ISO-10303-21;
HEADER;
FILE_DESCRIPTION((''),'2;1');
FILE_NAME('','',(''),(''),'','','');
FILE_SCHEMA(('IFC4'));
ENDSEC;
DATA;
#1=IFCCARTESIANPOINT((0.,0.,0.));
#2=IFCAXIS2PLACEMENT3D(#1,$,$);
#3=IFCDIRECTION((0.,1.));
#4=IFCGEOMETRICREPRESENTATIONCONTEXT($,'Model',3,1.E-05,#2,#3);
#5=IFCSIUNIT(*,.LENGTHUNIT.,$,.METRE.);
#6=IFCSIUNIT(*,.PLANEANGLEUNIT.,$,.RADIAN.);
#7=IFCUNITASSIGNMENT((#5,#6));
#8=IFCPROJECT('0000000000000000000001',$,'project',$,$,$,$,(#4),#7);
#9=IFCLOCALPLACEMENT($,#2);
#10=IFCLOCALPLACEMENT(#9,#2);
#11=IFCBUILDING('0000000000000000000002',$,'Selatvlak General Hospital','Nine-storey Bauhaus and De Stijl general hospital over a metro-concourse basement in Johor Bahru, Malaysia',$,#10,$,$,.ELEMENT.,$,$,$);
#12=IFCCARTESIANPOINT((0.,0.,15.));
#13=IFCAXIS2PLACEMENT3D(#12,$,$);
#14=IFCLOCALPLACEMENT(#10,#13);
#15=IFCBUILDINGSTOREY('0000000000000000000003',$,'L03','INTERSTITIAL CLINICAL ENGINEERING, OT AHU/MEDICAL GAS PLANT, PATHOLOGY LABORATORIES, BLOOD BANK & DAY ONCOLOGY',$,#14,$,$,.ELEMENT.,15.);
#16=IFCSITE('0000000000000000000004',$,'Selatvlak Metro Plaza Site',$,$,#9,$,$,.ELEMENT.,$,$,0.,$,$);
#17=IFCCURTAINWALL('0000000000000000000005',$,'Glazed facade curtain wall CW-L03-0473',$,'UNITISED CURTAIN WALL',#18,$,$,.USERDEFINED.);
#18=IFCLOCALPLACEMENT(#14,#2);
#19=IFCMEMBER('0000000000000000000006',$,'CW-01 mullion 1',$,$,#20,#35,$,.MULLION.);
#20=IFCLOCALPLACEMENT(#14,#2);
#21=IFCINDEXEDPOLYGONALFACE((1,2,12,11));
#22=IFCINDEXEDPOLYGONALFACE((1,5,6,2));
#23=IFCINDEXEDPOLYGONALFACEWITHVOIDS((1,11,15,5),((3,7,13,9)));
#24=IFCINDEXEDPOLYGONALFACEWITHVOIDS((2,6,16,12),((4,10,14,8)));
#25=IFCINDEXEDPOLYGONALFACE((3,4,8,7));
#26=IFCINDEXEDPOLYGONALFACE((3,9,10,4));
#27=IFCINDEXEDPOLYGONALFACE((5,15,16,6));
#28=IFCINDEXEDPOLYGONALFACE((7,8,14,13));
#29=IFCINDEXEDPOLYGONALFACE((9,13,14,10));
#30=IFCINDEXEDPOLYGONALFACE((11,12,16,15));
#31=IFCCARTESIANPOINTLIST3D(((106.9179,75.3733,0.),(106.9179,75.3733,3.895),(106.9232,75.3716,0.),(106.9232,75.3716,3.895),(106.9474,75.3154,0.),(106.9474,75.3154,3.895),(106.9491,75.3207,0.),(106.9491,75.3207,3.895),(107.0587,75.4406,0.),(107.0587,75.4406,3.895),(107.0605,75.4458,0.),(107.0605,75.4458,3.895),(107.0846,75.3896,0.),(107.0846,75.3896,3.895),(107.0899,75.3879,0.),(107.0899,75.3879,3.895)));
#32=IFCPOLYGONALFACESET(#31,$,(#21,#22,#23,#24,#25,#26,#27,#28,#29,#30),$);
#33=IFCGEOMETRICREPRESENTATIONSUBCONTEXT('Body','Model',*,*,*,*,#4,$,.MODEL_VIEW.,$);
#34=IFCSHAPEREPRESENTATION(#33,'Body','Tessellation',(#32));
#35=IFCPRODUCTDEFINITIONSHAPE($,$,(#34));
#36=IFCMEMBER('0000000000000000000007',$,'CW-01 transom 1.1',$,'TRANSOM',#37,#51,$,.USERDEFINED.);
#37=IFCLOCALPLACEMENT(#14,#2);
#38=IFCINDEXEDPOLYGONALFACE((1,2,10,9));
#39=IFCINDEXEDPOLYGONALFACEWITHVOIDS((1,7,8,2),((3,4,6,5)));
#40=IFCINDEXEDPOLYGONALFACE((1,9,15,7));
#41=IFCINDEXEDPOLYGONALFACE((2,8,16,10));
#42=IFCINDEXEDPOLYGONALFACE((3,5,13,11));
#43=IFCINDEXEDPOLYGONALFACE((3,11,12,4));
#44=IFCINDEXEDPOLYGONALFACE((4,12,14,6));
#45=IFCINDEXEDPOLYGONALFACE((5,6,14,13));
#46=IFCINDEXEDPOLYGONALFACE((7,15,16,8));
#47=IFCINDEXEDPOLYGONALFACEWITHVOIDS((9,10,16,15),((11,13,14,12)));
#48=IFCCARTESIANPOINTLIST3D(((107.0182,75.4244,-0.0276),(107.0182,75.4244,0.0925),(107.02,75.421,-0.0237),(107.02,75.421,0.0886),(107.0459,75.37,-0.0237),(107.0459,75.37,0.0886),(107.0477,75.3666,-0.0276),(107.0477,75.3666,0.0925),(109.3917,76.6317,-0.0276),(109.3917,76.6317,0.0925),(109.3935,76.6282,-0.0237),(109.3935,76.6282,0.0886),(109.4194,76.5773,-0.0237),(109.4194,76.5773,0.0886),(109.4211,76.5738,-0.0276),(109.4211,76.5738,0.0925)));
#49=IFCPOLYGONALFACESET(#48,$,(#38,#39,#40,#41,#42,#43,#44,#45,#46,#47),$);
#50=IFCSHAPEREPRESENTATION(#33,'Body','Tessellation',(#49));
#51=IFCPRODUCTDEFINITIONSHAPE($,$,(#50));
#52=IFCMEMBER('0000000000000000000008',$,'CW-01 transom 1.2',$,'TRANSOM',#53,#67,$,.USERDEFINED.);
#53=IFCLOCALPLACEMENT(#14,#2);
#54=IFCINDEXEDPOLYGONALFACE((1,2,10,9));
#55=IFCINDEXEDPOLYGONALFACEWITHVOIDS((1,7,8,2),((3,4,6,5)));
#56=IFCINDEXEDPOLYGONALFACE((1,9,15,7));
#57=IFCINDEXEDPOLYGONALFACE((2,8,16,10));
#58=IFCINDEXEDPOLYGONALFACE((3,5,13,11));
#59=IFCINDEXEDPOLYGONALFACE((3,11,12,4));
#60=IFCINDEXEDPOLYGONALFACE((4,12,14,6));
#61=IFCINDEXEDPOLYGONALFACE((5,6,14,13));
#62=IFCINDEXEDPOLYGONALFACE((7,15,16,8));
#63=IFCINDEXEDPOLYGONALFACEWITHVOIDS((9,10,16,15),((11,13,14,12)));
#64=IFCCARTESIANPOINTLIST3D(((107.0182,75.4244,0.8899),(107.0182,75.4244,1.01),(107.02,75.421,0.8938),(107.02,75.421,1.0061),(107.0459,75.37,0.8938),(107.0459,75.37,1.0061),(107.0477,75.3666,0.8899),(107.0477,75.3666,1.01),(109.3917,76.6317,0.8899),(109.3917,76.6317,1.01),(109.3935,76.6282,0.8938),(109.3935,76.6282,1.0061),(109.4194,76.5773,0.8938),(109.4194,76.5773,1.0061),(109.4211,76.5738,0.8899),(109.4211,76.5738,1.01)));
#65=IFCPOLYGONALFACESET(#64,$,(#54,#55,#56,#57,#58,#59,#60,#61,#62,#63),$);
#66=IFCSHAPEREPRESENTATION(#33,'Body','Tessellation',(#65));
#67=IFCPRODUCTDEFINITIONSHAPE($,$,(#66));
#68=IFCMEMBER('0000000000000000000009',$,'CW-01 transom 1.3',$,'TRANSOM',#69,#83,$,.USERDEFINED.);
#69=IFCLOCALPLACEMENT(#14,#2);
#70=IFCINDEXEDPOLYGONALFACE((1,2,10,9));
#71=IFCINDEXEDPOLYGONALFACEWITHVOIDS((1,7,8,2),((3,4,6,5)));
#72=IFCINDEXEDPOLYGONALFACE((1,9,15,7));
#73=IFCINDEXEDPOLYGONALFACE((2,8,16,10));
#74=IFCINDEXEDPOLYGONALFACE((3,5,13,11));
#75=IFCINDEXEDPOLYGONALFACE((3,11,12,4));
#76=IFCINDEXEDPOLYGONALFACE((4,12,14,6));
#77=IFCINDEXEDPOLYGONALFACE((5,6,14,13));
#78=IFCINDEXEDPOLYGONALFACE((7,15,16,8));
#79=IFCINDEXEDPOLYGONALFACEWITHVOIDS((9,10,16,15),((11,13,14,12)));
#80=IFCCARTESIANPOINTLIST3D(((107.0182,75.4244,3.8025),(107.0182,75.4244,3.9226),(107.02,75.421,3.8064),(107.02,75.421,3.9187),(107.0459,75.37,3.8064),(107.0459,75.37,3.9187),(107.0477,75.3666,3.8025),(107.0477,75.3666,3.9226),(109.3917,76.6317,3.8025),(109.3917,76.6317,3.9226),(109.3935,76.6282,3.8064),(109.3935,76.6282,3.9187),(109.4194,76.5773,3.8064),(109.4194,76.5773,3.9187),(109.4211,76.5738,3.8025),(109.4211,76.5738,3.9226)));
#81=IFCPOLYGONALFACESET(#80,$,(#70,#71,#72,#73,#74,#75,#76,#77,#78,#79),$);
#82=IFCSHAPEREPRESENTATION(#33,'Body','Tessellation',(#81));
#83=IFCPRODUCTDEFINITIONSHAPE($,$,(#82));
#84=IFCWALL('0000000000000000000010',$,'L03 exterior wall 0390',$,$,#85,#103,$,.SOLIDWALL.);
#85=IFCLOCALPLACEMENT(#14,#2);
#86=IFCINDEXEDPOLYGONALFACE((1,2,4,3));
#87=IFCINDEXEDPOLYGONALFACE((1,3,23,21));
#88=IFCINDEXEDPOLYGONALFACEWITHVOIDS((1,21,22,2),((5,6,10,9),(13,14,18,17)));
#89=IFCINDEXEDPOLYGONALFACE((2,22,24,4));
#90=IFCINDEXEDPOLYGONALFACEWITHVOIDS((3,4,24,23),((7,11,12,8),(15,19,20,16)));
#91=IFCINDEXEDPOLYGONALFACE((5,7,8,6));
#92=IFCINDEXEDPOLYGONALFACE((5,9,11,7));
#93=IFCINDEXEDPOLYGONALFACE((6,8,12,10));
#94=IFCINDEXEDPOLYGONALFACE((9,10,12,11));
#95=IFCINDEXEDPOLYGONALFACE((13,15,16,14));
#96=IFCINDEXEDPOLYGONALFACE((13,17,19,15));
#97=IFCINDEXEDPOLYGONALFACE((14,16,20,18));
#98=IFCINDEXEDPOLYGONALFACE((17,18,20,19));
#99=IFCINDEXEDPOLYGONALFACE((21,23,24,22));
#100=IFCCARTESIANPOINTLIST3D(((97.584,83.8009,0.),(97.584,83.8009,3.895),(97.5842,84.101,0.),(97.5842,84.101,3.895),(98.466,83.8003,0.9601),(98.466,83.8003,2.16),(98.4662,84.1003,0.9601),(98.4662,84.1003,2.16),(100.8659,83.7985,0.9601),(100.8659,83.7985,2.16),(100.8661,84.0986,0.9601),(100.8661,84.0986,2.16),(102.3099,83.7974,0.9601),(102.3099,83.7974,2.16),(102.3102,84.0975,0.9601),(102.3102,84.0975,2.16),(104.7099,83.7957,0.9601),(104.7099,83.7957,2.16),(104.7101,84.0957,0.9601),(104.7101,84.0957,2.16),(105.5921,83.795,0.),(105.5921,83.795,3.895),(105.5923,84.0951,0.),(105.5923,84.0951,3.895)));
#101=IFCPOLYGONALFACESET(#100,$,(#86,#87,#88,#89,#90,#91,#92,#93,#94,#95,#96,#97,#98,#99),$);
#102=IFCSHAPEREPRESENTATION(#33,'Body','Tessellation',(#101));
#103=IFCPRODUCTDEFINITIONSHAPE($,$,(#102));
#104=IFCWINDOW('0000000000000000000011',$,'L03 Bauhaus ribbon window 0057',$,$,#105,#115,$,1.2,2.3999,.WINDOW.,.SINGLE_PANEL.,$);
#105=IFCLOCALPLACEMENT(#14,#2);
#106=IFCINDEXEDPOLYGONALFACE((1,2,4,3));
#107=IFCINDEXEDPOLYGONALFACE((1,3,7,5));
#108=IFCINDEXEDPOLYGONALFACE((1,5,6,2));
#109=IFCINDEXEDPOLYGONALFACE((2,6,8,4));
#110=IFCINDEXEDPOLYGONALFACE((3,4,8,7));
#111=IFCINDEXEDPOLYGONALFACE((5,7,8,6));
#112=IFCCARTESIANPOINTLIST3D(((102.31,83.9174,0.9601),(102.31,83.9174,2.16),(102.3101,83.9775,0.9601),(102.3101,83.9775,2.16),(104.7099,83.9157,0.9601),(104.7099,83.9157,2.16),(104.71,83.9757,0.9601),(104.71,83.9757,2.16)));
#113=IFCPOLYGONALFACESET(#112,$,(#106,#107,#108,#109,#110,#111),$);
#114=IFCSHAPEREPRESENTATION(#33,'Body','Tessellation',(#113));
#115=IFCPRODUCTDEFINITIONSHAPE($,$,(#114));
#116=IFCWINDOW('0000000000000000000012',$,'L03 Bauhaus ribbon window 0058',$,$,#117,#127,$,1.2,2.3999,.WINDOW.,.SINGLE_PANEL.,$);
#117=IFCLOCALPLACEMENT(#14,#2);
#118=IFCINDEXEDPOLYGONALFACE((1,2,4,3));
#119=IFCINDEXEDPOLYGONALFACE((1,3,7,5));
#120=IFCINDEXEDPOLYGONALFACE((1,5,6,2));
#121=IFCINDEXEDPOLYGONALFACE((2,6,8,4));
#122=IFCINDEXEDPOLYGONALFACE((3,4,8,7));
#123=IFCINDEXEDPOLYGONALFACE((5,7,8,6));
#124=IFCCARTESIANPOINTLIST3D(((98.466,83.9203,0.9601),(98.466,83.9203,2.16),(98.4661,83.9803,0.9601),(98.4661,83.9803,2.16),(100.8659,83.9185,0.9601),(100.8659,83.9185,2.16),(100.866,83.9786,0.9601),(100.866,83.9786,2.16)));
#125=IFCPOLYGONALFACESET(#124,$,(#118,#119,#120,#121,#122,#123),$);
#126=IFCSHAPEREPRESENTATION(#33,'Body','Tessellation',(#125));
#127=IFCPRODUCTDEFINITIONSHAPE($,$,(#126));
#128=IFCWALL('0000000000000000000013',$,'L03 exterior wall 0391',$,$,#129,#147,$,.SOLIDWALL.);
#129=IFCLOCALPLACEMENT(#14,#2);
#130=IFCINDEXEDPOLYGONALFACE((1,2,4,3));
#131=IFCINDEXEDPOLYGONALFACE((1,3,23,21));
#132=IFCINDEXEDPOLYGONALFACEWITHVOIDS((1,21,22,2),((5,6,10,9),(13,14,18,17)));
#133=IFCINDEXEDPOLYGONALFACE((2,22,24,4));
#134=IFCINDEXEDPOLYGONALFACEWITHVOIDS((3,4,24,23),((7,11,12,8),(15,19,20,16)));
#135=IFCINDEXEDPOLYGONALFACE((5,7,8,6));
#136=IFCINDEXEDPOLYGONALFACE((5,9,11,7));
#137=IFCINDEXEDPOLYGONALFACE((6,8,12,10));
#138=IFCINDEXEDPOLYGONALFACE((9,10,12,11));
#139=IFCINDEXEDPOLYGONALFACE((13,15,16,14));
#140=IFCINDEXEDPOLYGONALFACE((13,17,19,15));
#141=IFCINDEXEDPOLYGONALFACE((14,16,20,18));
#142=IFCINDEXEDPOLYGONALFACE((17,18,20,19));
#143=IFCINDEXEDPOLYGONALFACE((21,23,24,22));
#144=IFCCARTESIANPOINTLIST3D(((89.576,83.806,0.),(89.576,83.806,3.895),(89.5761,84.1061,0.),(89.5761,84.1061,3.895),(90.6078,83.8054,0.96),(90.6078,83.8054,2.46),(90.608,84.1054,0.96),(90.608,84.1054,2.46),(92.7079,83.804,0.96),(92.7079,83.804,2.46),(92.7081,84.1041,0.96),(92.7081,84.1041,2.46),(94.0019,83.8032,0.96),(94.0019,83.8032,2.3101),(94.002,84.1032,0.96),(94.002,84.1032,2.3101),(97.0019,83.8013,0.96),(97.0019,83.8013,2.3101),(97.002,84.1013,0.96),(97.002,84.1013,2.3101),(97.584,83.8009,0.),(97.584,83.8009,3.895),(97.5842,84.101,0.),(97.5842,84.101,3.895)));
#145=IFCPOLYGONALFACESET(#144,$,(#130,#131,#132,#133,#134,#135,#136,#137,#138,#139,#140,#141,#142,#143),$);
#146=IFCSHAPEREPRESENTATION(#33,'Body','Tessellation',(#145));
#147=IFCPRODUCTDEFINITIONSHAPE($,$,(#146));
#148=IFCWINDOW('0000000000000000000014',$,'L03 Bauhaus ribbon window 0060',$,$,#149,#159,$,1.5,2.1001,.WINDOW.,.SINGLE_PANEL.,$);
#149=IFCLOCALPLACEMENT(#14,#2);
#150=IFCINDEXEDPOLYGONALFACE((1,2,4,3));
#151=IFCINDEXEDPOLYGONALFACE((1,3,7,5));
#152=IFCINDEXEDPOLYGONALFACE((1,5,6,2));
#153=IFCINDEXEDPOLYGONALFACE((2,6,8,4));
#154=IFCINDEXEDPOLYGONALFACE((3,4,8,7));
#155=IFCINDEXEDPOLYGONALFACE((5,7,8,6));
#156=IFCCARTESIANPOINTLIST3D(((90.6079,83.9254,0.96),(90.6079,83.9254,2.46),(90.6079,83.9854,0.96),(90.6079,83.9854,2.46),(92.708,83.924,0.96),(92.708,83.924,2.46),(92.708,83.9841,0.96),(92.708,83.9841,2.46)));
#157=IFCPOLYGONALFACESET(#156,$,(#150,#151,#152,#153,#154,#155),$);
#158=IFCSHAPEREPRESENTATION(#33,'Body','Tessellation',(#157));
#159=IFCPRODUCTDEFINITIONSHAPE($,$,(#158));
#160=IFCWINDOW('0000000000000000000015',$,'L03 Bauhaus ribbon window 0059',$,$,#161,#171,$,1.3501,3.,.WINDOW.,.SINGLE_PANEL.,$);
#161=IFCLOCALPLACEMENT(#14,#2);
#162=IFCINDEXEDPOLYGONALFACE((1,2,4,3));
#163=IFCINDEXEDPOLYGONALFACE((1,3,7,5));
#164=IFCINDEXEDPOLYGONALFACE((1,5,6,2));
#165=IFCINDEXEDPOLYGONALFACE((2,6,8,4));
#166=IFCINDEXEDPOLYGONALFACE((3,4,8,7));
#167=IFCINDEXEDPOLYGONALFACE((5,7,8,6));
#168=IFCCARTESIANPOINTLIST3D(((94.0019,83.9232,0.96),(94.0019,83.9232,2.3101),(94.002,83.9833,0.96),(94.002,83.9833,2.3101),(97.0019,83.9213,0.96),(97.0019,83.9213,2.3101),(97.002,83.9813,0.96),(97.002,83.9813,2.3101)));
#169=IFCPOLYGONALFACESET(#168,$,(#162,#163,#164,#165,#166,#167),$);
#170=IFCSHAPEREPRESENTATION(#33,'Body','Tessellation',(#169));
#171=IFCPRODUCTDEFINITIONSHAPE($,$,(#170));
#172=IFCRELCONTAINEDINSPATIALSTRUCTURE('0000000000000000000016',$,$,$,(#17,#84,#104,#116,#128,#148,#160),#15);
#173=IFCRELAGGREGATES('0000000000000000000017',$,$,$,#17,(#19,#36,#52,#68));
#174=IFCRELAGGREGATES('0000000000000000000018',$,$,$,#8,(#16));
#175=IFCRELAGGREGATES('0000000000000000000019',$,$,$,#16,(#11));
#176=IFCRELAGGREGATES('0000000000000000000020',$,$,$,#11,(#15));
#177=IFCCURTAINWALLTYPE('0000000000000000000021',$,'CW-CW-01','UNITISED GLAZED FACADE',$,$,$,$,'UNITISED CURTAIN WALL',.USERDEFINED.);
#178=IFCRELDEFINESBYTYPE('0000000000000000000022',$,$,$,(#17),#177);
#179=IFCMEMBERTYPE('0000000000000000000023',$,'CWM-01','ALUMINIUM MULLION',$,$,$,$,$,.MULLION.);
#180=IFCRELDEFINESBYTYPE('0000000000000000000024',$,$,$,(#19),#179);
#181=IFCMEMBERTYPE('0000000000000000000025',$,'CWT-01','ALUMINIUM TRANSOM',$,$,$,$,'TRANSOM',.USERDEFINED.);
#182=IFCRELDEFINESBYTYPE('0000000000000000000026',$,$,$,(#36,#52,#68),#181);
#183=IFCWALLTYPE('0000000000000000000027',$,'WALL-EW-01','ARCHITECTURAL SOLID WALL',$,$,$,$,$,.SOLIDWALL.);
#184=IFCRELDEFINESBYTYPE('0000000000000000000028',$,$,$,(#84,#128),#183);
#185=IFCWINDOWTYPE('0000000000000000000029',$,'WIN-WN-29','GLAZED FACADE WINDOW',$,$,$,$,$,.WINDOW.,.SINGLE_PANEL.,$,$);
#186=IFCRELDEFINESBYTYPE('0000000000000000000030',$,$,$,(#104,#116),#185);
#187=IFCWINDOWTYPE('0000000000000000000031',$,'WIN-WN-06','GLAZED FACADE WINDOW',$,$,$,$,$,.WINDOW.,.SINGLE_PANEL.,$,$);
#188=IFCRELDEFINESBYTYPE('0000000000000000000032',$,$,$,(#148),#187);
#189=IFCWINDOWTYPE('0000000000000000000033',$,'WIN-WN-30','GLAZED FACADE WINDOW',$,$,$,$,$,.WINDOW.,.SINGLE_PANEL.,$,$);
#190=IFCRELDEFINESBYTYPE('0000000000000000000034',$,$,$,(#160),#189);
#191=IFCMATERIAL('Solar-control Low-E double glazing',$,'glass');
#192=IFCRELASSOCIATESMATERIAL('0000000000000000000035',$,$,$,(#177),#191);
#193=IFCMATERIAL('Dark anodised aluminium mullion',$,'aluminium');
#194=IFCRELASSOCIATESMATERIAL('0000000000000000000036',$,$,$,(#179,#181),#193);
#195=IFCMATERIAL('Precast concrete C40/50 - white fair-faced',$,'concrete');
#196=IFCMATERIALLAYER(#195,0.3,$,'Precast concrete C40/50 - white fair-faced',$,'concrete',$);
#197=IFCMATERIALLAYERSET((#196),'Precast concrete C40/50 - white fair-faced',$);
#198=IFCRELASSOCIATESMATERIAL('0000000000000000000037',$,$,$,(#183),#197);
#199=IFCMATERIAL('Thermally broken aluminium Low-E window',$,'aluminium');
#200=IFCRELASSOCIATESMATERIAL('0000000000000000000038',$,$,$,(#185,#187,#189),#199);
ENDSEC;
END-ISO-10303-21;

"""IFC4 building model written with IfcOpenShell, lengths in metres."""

from ifc_helpers import new_model, si_unit, direction, frame, frame_2d, origin, origin_2d, place, context, subcontext, project, spatial, rectangle, hollow_rectangle, extrude, material, layer, layer_set, material_profile, profile_set, type_object, element, fill, aggregate, save


model = new_model("IFC4")

# Units and contexts
model_context = context("Model", 3, precision=1e-05, world=origin(), true_north=direction((0.0, 1.0)))
body_context = subcontext(model_context, "Body", "Model", "MODEL_VIEW")
ifc_project = project(units=[si_unit("LENGTHUNIT", "METRE"), si_unit("PLANEANGLEUNIT", "RADIAN")], contexts=[model_context])

# Site, building, storey
site_placement = place(None, origin())
site = spatial("IfcSite", under=ifc_project, at=site_placement, Name="Selatvlak Metro Plaza Site", CompositionType="ELEMENT", RefElevation=0.0)
building_placement = place(site_placement, origin())
building = spatial("IfcBuilding", under=site, at=building_placement, Name="Selatvlak General Hospital", Description="Nine-storey Bauhaus and De Stijl general hospital over a metro-concourse basement in Johor Bahru, Malaysia", CompositionType="ELEMENT")
storey_placement = place(building_placement, frame((0.0, 0.0, 15.0)))
storey = spatial("IfcBuildingStorey", under=building, at=storey_placement, Name="L03", Description="INTERSTITIAL CLINICAL ENGINEERING, OT AHU/MEDICAL GAS PLANT, PATHOLOGY LABORATORIES, BLOOD BANK & DAY ONCOLOGY", CompositionType="ELEMENT", Elevation=15.0)

# Shared definitions
ifc_material_1 = material(Name="Solar-control Low-E double glazing", Category="glass")
curtain_wall_type = type_object("IfcCurtainWallType", Name="CW-CW-01", Description="UNITISED GLAZED FACADE", ElementType="UNITISED CURTAIN WALL", PredefinedType="USERDEFINED", material=ifc_material_1)
ifc_material_2 = material(Name="Dark anodised aluminium mullion", Category="aluminium")
ifc_material_profile_1 = material_profile(ifc_material_2, hollow_rectangle(XDim=0.0649, YDim=0.1599, WallThickness=0.0039, at=origin_2d()), Name="AL-MUL 65x160x4")
ifc_profile_set_1 = profile_set([ifc_material_profile_1], Name="Dark anodised aluminium mullion")
member_type_1 = type_object("IfcMemberType", Name="CWM-01", Description="ALUMINIUM MULLION", PredefinedType="MULLION", material=ifc_profile_set_1)

# Curtain wall, members
curtain_wall_1_placement = place(storey_placement, origin())
curtain_wall_1 = element("IfcCurtainWall", 1, at=curtain_wall_1_placement, inside=storey, type_object=curtain_wall_type, Name="Glazed facade curtain wall CW-L03-0473", ObjectType="UNITISED CURTAIN WALL", PredefinedType="USERDEFINED")
member_1_placement = place(storey_placement, frame((107.0039, 75.3806, 0.0), z_axis=(0.0, 0.0, 1.0), x_axis=(-0.453361, 0.891327, 0.0)))
member_1 = element("IfcMember", 2, at=member_1_placement, type_object=member_type_1, Name="CW-01 mullion 1", PredefinedType="MULLION", context=body_context, shape_type="SweptSolid", body=[
    extrude(hollow_rectangle(XDim=0.0649, YDim=0.1599, WallThickness=0.0039, at=origin_2d()), origin(), (0.0, 0.0, 1.0), 3.895),
])
ifc_material_profile_2 = material_profile(ifc_material_2, hollow_rectangle(XDim=0.0649, YDim=0.1201, WallThickness=0.0039, at=origin_2d()), Name="AL-TRN 65x120x4")
ifc_profile_set_2 = profile_set([ifc_material_profile_2], Name="Dark anodised aluminium mullion")
member_type_2 = type_object("IfcMemberType", Name="CWT-01", Description="ALUMINIUM TRANSOM", ElementType="TRANSOM", PredefinedType="USERDEFINED", material=ifc_profile_set_2)
member_2_placement = place(storey_placement, frame((107.033, 75.3955, 0.0325), z_axis=(0.891325, 0.453364, 0.0), x_axis=(-0.453364, 0.891325, 0.0)))
member_2 = element("IfcMember", 3, at=member_2_placement, type_object=member_type_2, Name="CW-01 transom 1.1", ObjectType="TRANSOM", PredefinedType="USERDEFINED", context=body_context, shape_type="SweptSolid", body=[
    extrude(hollow_rectangle(XDim=0.0649, YDim=0.1201, WallThickness=0.0039, at=origin_2d()), origin(), (0.0, 0.0, 1.0), 2.6628),
])
member_3_placement = place(storey_placement, frame((107.033, 75.3955, 0.95), z_axis=(0.891325, 0.453364, 0.0), x_axis=(-0.453364, 0.891325, 0.0)))
member_3 = element("IfcMember", 4, at=member_3_placement, type_object=member_type_2, Name="CW-01 transom 1.2", ObjectType="TRANSOM", PredefinedType="USERDEFINED", context=body_context, shape_type="SweptSolid", body=[
    extrude(hollow_rectangle(XDim=0.0649, YDim=0.1201, WallThickness=0.0039, at=origin_2d()), origin(), (0.0, 0.0, 1.0), 2.6628),
])
member_4_placement = place(storey_placement, frame((107.033, 75.3955, 3.8625), z_axis=(0.891325, 0.453364, 0.0), x_axis=(-0.453364, 0.891325, 0.0)))
member_4 = element("IfcMember", 5, at=member_4_placement, type_object=member_type_2, Name="CW-01 transom 1.3", ObjectType="TRANSOM", PredefinedType="USERDEFINED", context=body_context, shape_type="SweptSolid", body=[
    extrude(hollow_rectangle(XDim=0.0649, YDim=0.1201, WallThickness=0.0039, at=origin_2d()), origin(), (0.0, 0.0, 1.0), 2.6628),
])
aggregate(curtain_wall_1, [member_1, member_2, member_3, member_4])

# Walls, openings, windows
ifc_material_3 = material(Name="Precast concrete C40/50 - white fair-faced", Category="concrete")
ifc_layer_1 = layer(ifc_material_3, 0.3, Name="Precast concrete C40/50 - white fair-faced", Category="concrete")
ifc_layer_set_1 = layer_set([ifc_layer_1], Name="Precast concrete C40/50 - white fair-faced")
wall_type_1 = type_object("IfcWallType", Name="WALL-EW-01", Description="ARCHITECTURAL SOLID WALL", PredefinedType="SOLIDWALL", material=ifc_layer_set_1)
wall_1_placement = place(storey_placement, frame((105.592, 83.9451, 0.0), z_axis=(0.0, 0.0, 1.0), x_axis=(-1.0, 0.000732, 0.0)))
wall_1 = element("IfcWall", 6, at=wall_1_placement, inside=storey, type_object=wall_type_1, Name="L03 exterior wall 0390", PredefinedType="SOLIDWALL", context=body_context, shape_type="SweptSolid", body=[
    extrude(rectangle(XDim=8.0081, YDim=0.3, at=frame_2d((4.0039, 0.0))), origin(), (0.0, 0.0, 1.0), 3.895),
])
opening_1_placement = place(wall_1_placement, frame((0.8821, 0.0, 0.96)))
opening_1 = element("IfcOpeningElement", 7, at=opening_1_placement, cuts=wall_1, PredefinedType="OPENING", context=body_context, shape_type="SweptSolid", body=[
    extrude(rectangle(XDim=2.3999, YDim=1.2, at=frame_2d((1.2, 0.6001))), frame((0.0, 0.1599, 0.0), z_axis=(0.0, -1.0, 0.0), x_axis=(1.0, 0.0, 0.0)), (0.0, 0.0, 1.0), 0.3201),
])
opening_2_placement = place(wall_1_placement, frame((4.7261, 0.0, 0.96)))
opening_2 = element("IfcOpeningElement", 8, at=opening_2_placement, cuts=wall_1, PredefinedType="OPENING", context=body_context, shape_type="SweptSolid", body=[
    extrude(rectangle(XDim=2.3999, YDim=1.2, at=frame_2d((1.2, 0.6001))), frame((0.0, 0.1599, 0.0), z_axis=(0.0, -1.0, 0.0), x_axis=(1.0, 0.0, 0.0)), (0.0, 0.0, 1.0), 0.3201),
])
ifc_material_4 = material(Name="Thermally broken aluminium Low-E window", Category="aluminium")
window_type_1 = type_object("IfcWindowType", Name="WIN-WN-29", Description="GLAZED FACADE WINDOW", PartitioningType="SINGLE_PANEL", PredefinedType="WINDOW", material=ifc_material_4)
window_1_placement = place(opening_1_placement, origin())
window_1 = element("IfcWindow", 9, at=window_1_placement, inside=storey, type_object=window_type_1, Name="L03 Bauhaus ribbon window 0057", OverallHeight=1.2, OverallWidth=2.3999, PartitioningType="SINGLE_PANEL", PredefinedType="WINDOW", context=body_context, shape_type="SweptSolid", body=[
    extrude(rectangle(XDim=2.3999, YDim=1.2, at=frame_2d((1.2, 0.6001))), frame((0.0, 0.03, 0.0), z_axis=(0.0, -1.0, 0.0), x_axis=(1.0, 0.0, 0.0)), (0.0, 0.0, 1.0), 0.0601),
])
fill(opening_1, window_1)
window_2_placement = place(opening_2_placement, origin())
window_2 = element("IfcWindow", 10, at=window_2_placement, inside=storey, type_object=window_type_1, Name="L03 Bauhaus ribbon window 0058", OverallHeight=1.2, OverallWidth=2.3999, PartitioningType="SINGLE_PANEL", PredefinedType="WINDOW", context=body_context, shape_type="SweptSolid", body=[
    extrude(rectangle(XDim=2.3999, YDim=1.2, at=frame_2d((1.2, 0.6001))), frame((0.0, 0.03, 0.0), z_axis=(0.0, -1.0, 0.0), x_axis=(1.0, 0.0, 0.0)), (0.0, 0.0, 1.0), 0.0601),
])
fill(opening_2, window_2)
wall_2_placement = place(storey_placement, frame((97.584, 83.9509, 0.0), z_axis=(0.0, 0.0, 1.0), x_axis=(-1.0, 0.00064, 0.0)))
wall_2 = element("IfcWall", 11, at=wall_2_placement, inside=storey, type_object=wall_type_1, Name="L03 exterior wall 0391", PredefinedType="SOLIDWALL", context=body_context, shape_type="SweptSolid", body=[
    extrude(rectangle(XDim=8.0081, YDim=0.3, at=frame_2d((4.0039, 0.0))), origin(), (0.0, 0.0, 1.0), 3.895),
])
opening_3_placement = place(wall_2_placement, frame((0.582, 0.0, 0.96)))
opening_3 = element("IfcOpeningElement", 12, at=opening_3_placement, cuts=wall_2, PredefinedType="OPENING", context=body_context, shape_type="SweptSolid", body=[
    extrude(rectangle(XDim=3.0, YDim=1.3501, at=frame_2d((1.5, 0.675))), frame((0.0, 0.1599, 0.0), z_axis=(0.0, -1.0, 0.0), x_axis=(1.0, 0.0, 0.0)), (0.0, 0.0, 1.0), 0.3201),
])
opening_4_placement = place(wall_2_placement, frame((4.876, 0.0, 0.96)))
opening_4 = element("IfcOpeningElement", 13, at=opening_4_placement, cuts=wall_2, PredefinedType="OPENING", context=body_context, shape_type="SweptSolid", body=[
    extrude(rectangle(XDim=2.1001, YDim=1.5, at=frame_2d((1.05, 0.75))), frame((0.0, 0.1599, 0.0), z_axis=(0.0, -1.0, 0.0), x_axis=(1.0, 0.0, 0.0)), (0.0, 0.0, 1.0), 0.3201),
])
window_type_2 = type_object("IfcWindowType", Name="WIN-WN-06", Description="GLAZED FACADE WINDOW", PartitioningType="SINGLE_PANEL", PredefinedType="WINDOW", material=ifc_material_4)
window_3_placement = place(opening_4_placement, origin())
window_3 = element("IfcWindow", 14, at=window_3_placement, inside=storey, type_object=window_type_2, Name="L03 Bauhaus ribbon window 0060", OverallHeight=1.5, OverallWidth=2.1001, PartitioningType="SINGLE_PANEL", PredefinedType="WINDOW", context=body_context, shape_type="SweptSolid", body=[
    extrude(rectangle(XDim=2.1001, YDim=1.5, at=frame_2d((1.05, 0.75))), frame((0.0, 0.03, 0.0), z_axis=(0.0, -1.0, 0.0), x_axis=(1.0, 0.0, 0.0)), (0.0, 0.0, 1.0), 0.0601),
])
fill(opening_4, window_3)
window_type_3 = type_object("IfcWindowType", Name="WIN-WN-30", Description="GLAZED FACADE WINDOW", PartitioningType="SINGLE_PANEL", PredefinedType="WINDOW", material=ifc_material_4)
window_4_placement = place(opening_3_placement, origin())
window_4 = element("IfcWindow", 15, at=window_4_placement, inside=storey, type_object=window_type_3, Name="L03 Bauhaus ribbon window 0059", OverallHeight=1.3501, OverallWidth=3.0, PartitioningType="SINGLE_PANEL", PredefinedType="WINDOW", context=body_context, shape_type="SweptSolid", body=[
    extrude(rectangle(XDim=3.0, YDim=1.3501, at=frame_2d((1.5, 0.675))), frame((0.0, 0.03, 0.0), z_axis=(0.0, -1.0, 0.0), x_axis=(1.0, 0.0, 0.0)), (0.0, 0.0, 1.0), 0.0601),
])
fill(opening_3, window_4)

save(model, "model.ifc")
